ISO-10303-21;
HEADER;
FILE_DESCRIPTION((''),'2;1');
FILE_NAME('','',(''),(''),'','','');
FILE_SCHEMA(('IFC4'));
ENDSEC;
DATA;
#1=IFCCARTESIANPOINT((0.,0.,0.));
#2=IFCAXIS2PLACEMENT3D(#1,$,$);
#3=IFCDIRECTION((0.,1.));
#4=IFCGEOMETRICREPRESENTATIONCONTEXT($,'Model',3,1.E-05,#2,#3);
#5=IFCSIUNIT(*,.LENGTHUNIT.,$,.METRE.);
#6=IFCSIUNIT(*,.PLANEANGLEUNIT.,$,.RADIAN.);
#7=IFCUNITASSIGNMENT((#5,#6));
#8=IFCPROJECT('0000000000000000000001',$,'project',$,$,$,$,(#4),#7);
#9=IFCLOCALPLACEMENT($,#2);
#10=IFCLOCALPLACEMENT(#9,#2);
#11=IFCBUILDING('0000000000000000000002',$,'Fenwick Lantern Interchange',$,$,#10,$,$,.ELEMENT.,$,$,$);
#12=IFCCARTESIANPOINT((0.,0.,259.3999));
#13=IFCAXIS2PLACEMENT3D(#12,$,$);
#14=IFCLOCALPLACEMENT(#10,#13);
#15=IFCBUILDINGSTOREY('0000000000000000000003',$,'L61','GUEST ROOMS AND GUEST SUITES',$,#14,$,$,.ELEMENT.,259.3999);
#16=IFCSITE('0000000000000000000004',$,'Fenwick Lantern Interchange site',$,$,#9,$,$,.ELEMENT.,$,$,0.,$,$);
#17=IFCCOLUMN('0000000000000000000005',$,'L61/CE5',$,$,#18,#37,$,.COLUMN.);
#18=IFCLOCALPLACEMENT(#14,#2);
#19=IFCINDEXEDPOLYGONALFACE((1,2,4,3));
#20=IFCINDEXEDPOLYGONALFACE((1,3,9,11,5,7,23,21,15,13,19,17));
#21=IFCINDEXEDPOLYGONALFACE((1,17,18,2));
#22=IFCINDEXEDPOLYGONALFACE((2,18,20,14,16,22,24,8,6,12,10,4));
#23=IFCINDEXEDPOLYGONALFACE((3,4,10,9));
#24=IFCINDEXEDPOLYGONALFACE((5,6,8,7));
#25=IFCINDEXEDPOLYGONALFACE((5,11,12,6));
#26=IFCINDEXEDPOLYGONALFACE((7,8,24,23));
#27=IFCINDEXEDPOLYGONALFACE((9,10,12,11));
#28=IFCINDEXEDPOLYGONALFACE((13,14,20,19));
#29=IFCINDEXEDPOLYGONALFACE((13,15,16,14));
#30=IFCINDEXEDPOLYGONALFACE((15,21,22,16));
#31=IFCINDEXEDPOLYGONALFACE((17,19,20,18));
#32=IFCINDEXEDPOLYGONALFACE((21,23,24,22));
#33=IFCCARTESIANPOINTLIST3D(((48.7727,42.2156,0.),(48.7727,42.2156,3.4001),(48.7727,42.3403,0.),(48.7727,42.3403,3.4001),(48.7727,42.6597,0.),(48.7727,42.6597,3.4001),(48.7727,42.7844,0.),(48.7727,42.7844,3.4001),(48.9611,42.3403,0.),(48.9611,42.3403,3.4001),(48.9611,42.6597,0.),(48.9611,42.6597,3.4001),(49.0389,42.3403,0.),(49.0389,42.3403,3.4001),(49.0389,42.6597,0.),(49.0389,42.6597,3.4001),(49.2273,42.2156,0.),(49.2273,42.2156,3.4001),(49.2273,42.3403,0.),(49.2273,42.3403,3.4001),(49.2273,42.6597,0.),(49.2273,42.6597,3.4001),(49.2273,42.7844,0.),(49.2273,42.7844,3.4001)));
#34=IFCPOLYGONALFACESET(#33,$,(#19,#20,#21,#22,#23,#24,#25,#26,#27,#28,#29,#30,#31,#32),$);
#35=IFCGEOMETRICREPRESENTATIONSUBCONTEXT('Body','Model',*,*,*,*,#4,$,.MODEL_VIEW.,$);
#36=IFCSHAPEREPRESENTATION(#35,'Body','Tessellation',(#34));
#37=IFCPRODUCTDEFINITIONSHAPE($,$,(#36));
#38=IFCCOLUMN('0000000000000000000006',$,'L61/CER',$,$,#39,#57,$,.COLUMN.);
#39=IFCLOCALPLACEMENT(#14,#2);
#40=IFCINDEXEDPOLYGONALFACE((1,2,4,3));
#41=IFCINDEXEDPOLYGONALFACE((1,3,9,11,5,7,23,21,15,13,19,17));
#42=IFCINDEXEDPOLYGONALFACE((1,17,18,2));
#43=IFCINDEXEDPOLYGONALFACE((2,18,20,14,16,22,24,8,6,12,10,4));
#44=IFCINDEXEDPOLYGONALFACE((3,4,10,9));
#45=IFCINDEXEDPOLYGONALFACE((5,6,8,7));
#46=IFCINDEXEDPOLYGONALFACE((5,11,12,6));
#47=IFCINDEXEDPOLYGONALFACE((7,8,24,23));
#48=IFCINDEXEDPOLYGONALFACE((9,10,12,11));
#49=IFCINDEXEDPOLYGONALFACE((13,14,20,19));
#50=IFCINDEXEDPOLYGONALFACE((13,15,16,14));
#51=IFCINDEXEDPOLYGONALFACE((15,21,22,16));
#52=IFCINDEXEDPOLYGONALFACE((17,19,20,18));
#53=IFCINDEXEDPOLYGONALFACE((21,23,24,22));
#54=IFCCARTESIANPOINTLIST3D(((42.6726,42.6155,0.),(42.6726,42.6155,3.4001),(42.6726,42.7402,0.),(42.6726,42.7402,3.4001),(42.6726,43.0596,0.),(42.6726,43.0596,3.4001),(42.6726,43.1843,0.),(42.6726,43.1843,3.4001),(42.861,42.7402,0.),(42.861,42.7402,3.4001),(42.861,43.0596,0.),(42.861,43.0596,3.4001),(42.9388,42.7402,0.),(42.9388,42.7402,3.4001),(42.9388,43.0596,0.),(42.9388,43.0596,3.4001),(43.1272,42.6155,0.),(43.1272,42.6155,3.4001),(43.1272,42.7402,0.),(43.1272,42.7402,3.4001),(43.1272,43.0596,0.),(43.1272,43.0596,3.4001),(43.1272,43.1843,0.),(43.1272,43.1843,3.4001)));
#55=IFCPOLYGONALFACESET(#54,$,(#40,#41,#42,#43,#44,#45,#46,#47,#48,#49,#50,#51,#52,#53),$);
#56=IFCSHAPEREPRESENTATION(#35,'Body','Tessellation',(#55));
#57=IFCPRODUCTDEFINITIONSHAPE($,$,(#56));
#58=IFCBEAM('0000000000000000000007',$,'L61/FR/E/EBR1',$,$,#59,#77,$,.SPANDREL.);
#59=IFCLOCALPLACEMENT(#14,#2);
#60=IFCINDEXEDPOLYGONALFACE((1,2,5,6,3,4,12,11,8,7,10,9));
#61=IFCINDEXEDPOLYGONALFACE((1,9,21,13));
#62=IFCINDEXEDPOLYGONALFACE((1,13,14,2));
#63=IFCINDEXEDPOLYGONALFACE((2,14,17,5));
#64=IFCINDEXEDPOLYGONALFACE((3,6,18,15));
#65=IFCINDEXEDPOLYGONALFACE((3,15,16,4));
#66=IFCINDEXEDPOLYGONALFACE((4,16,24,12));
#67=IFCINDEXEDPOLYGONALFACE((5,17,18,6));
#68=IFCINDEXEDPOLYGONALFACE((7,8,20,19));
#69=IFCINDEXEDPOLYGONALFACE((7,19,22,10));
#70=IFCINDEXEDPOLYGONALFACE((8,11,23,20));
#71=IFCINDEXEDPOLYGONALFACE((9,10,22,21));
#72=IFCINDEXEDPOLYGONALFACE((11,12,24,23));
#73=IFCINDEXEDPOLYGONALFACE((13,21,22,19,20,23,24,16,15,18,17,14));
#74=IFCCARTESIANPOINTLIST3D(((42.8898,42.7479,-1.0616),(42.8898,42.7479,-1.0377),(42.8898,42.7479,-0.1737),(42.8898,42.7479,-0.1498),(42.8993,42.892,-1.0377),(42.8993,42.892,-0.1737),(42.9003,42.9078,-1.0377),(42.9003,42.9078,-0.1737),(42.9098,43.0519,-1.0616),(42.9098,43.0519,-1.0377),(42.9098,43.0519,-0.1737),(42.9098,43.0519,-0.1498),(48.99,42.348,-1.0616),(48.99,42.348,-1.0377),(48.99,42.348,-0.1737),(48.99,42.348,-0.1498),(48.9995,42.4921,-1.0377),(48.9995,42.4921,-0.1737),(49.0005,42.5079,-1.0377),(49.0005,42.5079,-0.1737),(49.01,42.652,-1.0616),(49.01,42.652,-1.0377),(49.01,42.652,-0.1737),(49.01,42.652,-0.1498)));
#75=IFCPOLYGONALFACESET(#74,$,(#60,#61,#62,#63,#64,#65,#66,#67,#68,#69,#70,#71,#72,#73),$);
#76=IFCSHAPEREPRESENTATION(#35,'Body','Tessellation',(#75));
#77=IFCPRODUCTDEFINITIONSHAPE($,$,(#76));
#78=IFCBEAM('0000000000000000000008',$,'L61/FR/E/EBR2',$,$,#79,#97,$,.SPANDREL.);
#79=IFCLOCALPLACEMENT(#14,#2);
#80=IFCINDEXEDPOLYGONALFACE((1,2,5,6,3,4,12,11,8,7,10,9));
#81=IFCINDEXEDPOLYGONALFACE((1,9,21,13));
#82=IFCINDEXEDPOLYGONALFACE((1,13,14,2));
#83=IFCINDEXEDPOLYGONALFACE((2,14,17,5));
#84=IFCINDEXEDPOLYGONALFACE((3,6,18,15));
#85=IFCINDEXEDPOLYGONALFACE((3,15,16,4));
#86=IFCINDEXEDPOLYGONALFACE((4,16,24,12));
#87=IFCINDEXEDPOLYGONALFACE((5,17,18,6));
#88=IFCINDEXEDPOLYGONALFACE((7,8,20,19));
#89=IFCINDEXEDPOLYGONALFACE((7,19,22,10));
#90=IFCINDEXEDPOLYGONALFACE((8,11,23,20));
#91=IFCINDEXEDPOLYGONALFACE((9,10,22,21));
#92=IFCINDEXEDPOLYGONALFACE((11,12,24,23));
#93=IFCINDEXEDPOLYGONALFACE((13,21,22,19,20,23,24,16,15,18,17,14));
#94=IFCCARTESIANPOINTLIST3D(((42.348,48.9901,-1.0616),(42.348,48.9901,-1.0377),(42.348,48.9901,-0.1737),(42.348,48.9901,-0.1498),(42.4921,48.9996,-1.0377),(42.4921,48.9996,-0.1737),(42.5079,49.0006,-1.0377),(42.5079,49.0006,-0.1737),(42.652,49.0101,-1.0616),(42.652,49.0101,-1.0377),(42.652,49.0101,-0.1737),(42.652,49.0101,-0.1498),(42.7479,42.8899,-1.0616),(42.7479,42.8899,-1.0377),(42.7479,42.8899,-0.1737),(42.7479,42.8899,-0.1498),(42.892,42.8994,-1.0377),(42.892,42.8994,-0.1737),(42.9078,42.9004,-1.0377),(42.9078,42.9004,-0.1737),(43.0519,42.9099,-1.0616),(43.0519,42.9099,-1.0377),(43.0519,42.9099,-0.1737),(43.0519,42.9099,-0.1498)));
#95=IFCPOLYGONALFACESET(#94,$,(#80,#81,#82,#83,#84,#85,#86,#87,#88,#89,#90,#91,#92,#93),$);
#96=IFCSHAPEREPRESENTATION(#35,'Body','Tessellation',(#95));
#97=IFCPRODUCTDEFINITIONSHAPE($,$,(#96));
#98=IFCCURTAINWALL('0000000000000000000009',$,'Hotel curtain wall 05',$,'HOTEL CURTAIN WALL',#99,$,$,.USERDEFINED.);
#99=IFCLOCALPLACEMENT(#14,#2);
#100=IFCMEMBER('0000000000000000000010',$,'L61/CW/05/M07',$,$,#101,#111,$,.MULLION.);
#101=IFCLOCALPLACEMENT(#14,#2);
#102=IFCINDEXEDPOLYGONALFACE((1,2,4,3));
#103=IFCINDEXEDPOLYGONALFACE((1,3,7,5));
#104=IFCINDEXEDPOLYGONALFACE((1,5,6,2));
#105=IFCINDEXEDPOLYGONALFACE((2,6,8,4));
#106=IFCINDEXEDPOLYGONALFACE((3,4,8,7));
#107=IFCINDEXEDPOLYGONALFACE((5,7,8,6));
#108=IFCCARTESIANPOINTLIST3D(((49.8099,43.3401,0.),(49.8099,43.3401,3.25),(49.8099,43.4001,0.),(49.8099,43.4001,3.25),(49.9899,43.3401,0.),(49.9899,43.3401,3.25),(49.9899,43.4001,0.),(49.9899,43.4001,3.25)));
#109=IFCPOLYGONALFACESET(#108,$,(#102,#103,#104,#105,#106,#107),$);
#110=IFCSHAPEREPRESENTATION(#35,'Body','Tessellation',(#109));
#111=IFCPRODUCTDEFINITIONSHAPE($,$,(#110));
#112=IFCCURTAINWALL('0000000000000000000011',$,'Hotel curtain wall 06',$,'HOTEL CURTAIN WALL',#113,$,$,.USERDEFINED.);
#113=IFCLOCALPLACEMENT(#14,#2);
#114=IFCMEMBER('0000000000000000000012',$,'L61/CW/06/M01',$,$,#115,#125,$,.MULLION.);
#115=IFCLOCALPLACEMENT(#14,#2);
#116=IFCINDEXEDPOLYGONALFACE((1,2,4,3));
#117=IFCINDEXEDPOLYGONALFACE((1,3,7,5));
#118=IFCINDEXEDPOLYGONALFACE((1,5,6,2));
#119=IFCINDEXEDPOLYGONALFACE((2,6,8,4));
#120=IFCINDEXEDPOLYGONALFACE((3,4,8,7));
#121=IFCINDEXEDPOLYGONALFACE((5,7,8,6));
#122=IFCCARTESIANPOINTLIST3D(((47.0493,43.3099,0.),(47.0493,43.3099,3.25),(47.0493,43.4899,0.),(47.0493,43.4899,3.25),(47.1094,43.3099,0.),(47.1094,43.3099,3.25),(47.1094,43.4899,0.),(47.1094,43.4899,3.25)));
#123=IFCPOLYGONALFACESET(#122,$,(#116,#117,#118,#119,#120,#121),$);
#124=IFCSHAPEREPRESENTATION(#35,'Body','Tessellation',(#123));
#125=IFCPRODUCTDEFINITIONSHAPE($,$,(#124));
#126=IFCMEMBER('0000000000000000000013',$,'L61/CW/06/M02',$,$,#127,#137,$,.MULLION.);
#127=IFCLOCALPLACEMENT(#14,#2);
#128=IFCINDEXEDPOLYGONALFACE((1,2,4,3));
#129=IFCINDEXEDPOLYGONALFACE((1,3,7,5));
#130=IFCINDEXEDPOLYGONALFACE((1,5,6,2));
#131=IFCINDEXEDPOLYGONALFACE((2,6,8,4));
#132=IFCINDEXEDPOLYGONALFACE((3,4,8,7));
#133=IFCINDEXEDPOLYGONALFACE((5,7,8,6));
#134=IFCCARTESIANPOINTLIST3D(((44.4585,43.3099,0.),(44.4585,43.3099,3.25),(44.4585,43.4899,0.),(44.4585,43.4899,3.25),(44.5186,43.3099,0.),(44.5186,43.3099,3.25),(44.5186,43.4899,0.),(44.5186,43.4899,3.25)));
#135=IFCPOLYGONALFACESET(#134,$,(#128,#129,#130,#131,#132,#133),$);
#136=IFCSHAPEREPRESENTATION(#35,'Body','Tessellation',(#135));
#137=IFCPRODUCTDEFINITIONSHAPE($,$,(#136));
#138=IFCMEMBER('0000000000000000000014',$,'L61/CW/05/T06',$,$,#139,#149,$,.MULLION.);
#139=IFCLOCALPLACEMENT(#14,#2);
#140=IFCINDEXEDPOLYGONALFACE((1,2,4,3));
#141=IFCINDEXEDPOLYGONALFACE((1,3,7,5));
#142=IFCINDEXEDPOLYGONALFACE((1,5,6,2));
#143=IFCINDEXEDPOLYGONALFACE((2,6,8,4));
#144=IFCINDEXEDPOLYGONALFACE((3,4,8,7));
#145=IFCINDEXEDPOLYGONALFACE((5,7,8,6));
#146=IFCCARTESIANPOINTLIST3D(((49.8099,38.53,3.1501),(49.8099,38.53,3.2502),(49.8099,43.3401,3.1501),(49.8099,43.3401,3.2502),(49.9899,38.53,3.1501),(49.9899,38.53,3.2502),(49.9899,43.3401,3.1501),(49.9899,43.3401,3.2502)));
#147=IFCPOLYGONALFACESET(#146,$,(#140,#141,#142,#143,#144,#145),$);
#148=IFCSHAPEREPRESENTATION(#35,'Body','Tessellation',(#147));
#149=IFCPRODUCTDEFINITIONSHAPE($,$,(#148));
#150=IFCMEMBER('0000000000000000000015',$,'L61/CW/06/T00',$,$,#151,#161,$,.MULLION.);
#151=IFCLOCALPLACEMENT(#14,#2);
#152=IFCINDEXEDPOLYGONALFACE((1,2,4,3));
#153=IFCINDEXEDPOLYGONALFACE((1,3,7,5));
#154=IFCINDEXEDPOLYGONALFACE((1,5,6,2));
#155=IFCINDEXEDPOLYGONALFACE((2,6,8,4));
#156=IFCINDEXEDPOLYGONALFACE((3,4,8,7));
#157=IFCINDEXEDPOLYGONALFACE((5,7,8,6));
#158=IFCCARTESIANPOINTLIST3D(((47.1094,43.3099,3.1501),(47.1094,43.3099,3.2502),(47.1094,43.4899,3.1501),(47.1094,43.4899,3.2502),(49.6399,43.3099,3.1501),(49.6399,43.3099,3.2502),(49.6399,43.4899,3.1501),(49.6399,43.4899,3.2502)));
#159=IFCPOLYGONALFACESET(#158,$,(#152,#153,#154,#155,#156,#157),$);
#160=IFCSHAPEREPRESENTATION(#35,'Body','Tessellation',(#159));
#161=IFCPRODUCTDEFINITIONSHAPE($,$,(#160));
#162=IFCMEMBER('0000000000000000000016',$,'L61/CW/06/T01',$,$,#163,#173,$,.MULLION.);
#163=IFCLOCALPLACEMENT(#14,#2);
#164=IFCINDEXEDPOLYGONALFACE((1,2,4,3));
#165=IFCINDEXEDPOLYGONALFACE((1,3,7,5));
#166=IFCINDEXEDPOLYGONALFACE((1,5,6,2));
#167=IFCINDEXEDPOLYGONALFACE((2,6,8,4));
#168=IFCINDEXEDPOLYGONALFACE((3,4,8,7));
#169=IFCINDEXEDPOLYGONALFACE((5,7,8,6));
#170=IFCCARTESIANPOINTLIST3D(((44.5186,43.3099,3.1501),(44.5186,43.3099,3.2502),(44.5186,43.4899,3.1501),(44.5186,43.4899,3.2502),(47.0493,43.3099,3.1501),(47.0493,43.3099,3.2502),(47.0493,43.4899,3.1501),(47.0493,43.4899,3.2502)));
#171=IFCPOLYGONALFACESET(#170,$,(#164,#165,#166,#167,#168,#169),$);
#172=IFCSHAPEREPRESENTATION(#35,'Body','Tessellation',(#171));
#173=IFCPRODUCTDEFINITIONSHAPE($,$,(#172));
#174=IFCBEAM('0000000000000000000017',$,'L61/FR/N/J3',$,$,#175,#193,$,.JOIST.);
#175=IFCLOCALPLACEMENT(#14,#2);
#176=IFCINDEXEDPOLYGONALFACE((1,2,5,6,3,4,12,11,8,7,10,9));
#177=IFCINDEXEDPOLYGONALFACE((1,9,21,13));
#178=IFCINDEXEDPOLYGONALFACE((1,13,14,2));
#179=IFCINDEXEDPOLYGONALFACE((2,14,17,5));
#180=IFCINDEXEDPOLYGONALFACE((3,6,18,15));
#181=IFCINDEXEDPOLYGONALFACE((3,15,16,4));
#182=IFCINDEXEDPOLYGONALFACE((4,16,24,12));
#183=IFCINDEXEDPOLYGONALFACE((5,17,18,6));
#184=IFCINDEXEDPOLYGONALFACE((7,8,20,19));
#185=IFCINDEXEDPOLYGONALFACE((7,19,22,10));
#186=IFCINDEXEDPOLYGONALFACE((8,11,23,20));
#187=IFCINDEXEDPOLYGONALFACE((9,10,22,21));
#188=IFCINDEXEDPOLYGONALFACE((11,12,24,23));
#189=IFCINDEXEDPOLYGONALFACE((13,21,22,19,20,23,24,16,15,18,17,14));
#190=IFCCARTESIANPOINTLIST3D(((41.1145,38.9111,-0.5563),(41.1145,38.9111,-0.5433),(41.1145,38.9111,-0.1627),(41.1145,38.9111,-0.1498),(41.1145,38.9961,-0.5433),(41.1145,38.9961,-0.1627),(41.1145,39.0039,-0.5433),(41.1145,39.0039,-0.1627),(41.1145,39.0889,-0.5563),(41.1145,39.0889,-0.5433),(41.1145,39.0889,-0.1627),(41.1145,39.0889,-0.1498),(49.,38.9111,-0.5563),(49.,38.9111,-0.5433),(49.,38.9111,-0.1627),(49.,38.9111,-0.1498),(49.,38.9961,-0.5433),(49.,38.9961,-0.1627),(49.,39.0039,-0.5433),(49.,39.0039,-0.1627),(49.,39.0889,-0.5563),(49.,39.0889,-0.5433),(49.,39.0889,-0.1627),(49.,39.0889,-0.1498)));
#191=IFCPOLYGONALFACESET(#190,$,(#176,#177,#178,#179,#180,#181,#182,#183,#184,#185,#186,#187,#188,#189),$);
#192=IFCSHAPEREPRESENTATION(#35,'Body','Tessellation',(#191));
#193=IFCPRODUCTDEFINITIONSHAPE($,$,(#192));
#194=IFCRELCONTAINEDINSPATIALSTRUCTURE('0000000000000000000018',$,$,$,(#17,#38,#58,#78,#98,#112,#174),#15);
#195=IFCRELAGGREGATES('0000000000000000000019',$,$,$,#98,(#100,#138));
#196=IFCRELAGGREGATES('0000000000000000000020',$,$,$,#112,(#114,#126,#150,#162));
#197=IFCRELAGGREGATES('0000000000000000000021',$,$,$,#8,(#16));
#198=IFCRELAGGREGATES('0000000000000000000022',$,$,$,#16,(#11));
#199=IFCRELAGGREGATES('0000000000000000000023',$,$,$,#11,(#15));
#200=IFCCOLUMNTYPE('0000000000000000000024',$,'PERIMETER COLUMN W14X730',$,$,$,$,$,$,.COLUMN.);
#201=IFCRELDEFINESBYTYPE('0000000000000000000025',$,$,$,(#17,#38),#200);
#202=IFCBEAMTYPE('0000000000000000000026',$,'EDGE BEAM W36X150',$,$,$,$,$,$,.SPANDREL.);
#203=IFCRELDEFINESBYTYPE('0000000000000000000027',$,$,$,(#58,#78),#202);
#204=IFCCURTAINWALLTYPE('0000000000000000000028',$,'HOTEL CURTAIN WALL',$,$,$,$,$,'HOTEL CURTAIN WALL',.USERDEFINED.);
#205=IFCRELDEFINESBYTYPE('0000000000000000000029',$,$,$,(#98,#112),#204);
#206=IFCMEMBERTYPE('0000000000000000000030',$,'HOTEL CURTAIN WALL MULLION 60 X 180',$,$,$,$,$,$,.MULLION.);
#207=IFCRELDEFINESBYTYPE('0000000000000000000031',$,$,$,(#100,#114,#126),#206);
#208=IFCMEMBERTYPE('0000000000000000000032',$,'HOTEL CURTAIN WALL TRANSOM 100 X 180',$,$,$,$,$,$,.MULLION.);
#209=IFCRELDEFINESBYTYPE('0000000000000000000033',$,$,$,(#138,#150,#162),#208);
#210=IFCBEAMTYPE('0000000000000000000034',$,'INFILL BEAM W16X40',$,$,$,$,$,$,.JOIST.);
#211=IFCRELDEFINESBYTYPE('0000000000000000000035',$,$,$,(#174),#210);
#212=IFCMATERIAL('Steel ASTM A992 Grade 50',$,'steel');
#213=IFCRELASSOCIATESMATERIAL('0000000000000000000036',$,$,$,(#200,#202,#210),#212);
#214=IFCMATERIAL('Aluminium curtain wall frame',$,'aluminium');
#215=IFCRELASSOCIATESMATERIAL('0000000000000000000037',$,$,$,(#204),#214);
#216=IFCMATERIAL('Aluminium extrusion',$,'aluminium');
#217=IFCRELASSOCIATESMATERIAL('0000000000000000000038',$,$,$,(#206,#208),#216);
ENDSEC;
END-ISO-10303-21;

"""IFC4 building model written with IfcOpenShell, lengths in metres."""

from ifc_helpers import new_model, si_unit, direction, frame, origin, origin_2d, place, context, subcontext, project, spatial, rectangle, i_section, extrude, material, material_profile, profile_set, type_object, element, aggregate, save


model = new_model("IFC4")

# Units and contexts
model_context = context("Model", 3, precision=1e-05, world=origin(), true_north=direction((0.0, 1.0)))
body_context = subcontext(model_context, "Body", "Model", "MODEL_VIEW")
ifc_project = project(units=[si_unit("LENGTHUNIT", "METRE"), si_unit("PLANEANGLEUNIT", "RADIAN")], contexts=[model_context])

# Site, building, storey
site_placement = place(None, origin())
site = spatial("IfcSite", under=ifc_project, at=site_placement, Name="Fenwick Lantern Interchange site", CompositionType="ELEMENT", RefElevation=0.0)
building_placement = place(site_placement, origin())
building = spatial("IfcBuilding", under=site, at=building_placement, Name="Fenwick Lantern Interchange", CompositionType="ELEMENT")
storey_placement = place(building_placement, frame((0.0, 0.0, 259.3999)))
storey = spatial("IfcBuildingStorey", under=building, at=storey_placement, Name="L61", Description="GUEST ROOMS AND GUEST SUITES", CompositionType="ELEMENT", Elevation=259.3999)

# Columns
ifc_material_1 = material(Name="Steel ASTM A992 Grade 50", Category="steel")
ifc_material_profile_1 = material_profile(ifc_material_1, i_section(OverallWidth=0.4546, OverallDepth=0.5688, WebThickness=0.0779, FlangeThickness=0.1248, at=origin_2d()), Name="W14X730")
ifc_profile_set_1 = profile_set([ifc_material_profile_1], Name="Steel ASTM A992 Grade 50")
column_type = type_object("IfcColumnType", Name="PERIMETER COLUMN W14X730", PredefinedType="COLUMN", material=ifc_profile_set_1)
for number, where, z_axis, x_axis, name in (
    (1, (49.0, 42.5, 0.0), (0.0, 0.0, 1.0), (1.0, 0.0, 0.0), "L61/CE5"),
    (2, (42.8999, 42.8999, 0.0), (0.0, 0.0, 1.0), (1.0, 0.0, 0.0), "L61/CER"),
):
    element("IfcColumn", number, at=place(storey_placement, frame(where, z_axis=z_axis, x_axis=x_axis)), inside=storey, type_object=column_type, Name=name, PredefinedType="COLUMN", context=body_context, shape_type="SweptSolid", body=[
        extrude(i_section(OverallWidth=0.4546, OverallDepth=0.5688, WebThickness=0.0779, FlangeThickness=0.1248, at=origin_2d()), origin(), (0.0, 0.0, 1.0), 3.4001),
    ])

# Beams
ifc_material_profile_2 = material_profile(ifc_material_1, i_section(OverallWidth=0.3047, OverallDepth=0.9119, WebThickness=0.0159, FlangeThickness=0.0239, at=origin_2d()), Name="W36X150")
ifc_profile_set_2 = profile_set([ifc_material_profile_2], Name="Steel ASTM A992 Grade 50")
beam_type_1 = type_object("IfcBeamType", Name="EDGE BEAM W36X150", PredefinedType="SPANDREL", material=ifc_profile_set_2)
for number, where, z_axis, x_axis, name in (
    (3, (49.0, 42.5, -0.6057), (-0.997858, 0.065416, 0.0), (-0.065416, -0.997858, 0.0), "L61/FR/E/EBR1"),
    (4, (42.8999, 42.8999, -0.6057), (-0.065416, 0.997858, 0.0), (-0.997858, -0.065416, 0.0), "L61/FR/E/EBR2"),
):
    element("IfcBeam", number, at=place(storey_placement, frame(where, z_axis=z_axis, x_axis=x_axis)), inside=storey, type_object=beam_type_1, Name=name, PredefinedType="SPANDREL", context=body_context, shape_type="SweptSolid", body=[
        extrude(i_section(OverallWidth=0.3047, OverallDepth=0.9119, WebThickness=0.0159, FlangeThickness=0.0239, at=origin_2d()), origin(), (0.0, 0.0, 1.0), 6.1133),
    ])

# Curtain wall, member
ifc_material_2 = material(Name="Aluminium curtain wall frame", Category="aluminium")
curtain_wall_type = type_object("IfcCurtainWallType", Name="HOTEL CURTAIN WALL", ElementType="HOTEL CURTAIN WALL", PredefinedType="USERDEFINED", material=ifc_material_2)
curtain_wall_1_placement = place(storey_placement, origin())
curtain_wall_1 = element("IfcCurtainWall", 5, at=curtain_wall_1_placement, inside=storey, type_object=curtain_wall_type, Name="Hotel curtain wall 05", ObjectType="HOTEL CURTAIN WALL", PredefinedType="USERDEFINED")
ifc_material_3 = material(Name="Aluminium extrusion", Category="aluminium")
ifc_material_profile_3 = material_profile(ifc_material_3, rectangle(XDim=0.1799, YDim=0.0601, at=origin_2d()), Name="HOTEL CURTAIN WALL MULLION 60 X 180")
ifc_profile_set_3 = profile_set([ifc_material_profile_3], Name="Aluminium extrusion")
member_type_1 = type_object("IfcMemberType", Name="HOTEL CURTAIN WALL MULLION 60 X 180", PredefinedType="MULLION", material=ifc_profile_set_3)
member_1_placement = place(storey_placement, frame((49.8999, 43.3701, 0.0), z_axis=(0.0, 0.0, 1.0), x_axis=(-1.0, 0.0, 0.0)))
member_1 = element("IfcMember", 6, at=member_1_placement, type_object=member_type_1, Name="L61/CW/05/M07", PredefinedType="MULLION", context=body_context, shape_type="SweptSolid", body=[
    extrude(rectangle(XDim=0.1799, YDim=0.0601, at=origin_2d()), origin(), (0.0, 0.0, 1.0), 3.25),
])

# Curtain wall, members
curtain_wall_2_placement = place(storey_placement, origin())
curtain_wall_2 = element("IfcCurtainWall", 7, at=curtain_wall_2_placement, inside=storey, type_object=curtain_wall_type, Name="Hotel curtain wall 06", ObjectType="HOTEL CURTAIN WALL", PredefinedType="USERDEFINED")
member_2_placement = place(storey_placement, frame((47.0793, 43.3999, 0.0), z_axis=(0.0, 0.0, 1.0), x_axis=(0.0, -1.0, 0.0)))
member_2 = element("IfcMember", 8, at=member_2_placement, type_object=member_type_1, Name="L61/CW/06/M01", PredefinedType="MULLION", context=body_context, shape_type="SweptSolid", body=[
    extrude(rectangle(XDim=0.1799, YDim=0.0601, at=origin_2d()), origin(), (0.0, 0.0, 1.0), 3.25),
])
member_3_placement = place(storey_placement, frame((44.4885, 43.3999, 0.0), z_axis=(0.0, 0.0, 1.0), x_axis=(0.0, -1.0, 0.0)))
member_3 = element("IfcMember", 9, at=member_3_placement, type_object=member_type_1, Name="L61/CW/06/M02", PredefinedType="MULLION", context=body_context, shape_type="SweptSolid", body=[
    extrude(rectangle(XDim=0.1799, YDim=0.0601, at=origin_2d()), origin(), (0.0, 0.0, 1.0), 3.25),
])

# Members
ifc_material_profile_4 = material_profile(ifc_material_3, rectangle(XDim=0.1799, YDim=0.1001, at=origin_2d()), Name="HOTEL CURTAIN WALL TRANSOM 100 X 180")
ifc_profile_set_4 = profile_set([ifc_material_profile_4], Name="Aluminium extrusion")
member_type_2 = type_object("IfcMemberType", Name="HOTEL CURTAIN WALL TRANSOM 100 X 180", PredefinedType="MULLION", material=ifc_profile_set_4)
member_4_placement = place(storey_placement, frame((49.8999, 38.53, 3.2002), z_axis=(0.0, 1.0, 0.0), x_axis=(-1.0, 0.0, 0.0)))
member_4 = element("IfcMember", 10, at=member_4_placement, type_object=member_type_2, Name="L61/CW/05/T06", PredefinedType="MULLION", context=body_context, shape_type="SweptSolid", body=[
    extrude(rectangle(XDim=0.1799, YDim=0.1001, at=origin_2d()), origin(), (0.0, 0.0, 1.0), 4.8101),
])
aggregate(curtain_wall_1, [member_1, member_4])
member_5_placement = place(storey_placement, frame((49.6399, 43.3999, 3.2002), z_axis=(-1.0, 0.0, 0.0), x_axis=(0.0, -1.0, 0.0)))
member_5 = element("IfcMember", 11, at=member_5_placement, type_object=member_type_2, Name="L61/CW/06/T00", PredefinedType="MULLION", context=body_context, shape_type="SweptSolid", body=[
    extrude(rectangle(XDim=0.1799, YDim=0.1001, at=origin_2d()), origin(), (0.0, 0.0, 1.0), 2.5305),
])
member_6_placement = place(storey_placement, frame((47.0493, 43.3999, 3.2002), z_axis=(-1.0, 0.0, 0.0), x_axis=(0.0, -1.0, 0.0)))
member_6 = element("IfcMember", 12, at=member_6_placement, type_object=member_type_2, Name="L61/CW/06/T01", PredefinedType="MULLION", context=body_context, shape_type="SweptSolid", body=[
    extrude(rectangle(XDim=0.1799, YDim=0.1001, at=origin_2d()), origin(), (0.0, 0.0, 1.0), 2.5308),
])

# Beam
ifc_material_profile_5 = material_profile(ifc_material_1, i_section(OverallWidth=0.1777, OverallDepth=0.4065, WebThickness=0.0078, FlangeThickness=0.0129, at=origin_2d()), Name="W16X40")
ifc_profile_set_5 = profile_set([ifc_material_profile_5], Name="Steel ASTM A992 Grade 50")
beam_type_2 = type_object("IfcBeamType", Name="INFILL BEAM W16X40", PredefinedType="JOIST", material=ifc_profile_set_5)
beam_1_placement = place(storey_placement, frame((49.0, 39.0, -0.353), z_axis=(-1.0, 0.0, 0.0), x_axis=(0.0, -1.0, 0.0)))
element("IfcBeam", 13, at=beam_1_placement, inside=storey, type_object=beam_type_2, Name="L61/FR/N/J3", PredefinedType="JOIST", context=body_context, shape_type="SweptSolid", body=[
    extrude(i_section(OverallWidth=0.1777, OverallDepth=0.4065, WebThickness=0.0078, FlangeThickness=0.0129, at=origin_2d()), origin(), (0.0, 0.0, 1.0), 7.8855),
])

aggregate(curtain_wall_2, [member_2, member_3, member_5, member_6])

save(model, "model.ifc")
